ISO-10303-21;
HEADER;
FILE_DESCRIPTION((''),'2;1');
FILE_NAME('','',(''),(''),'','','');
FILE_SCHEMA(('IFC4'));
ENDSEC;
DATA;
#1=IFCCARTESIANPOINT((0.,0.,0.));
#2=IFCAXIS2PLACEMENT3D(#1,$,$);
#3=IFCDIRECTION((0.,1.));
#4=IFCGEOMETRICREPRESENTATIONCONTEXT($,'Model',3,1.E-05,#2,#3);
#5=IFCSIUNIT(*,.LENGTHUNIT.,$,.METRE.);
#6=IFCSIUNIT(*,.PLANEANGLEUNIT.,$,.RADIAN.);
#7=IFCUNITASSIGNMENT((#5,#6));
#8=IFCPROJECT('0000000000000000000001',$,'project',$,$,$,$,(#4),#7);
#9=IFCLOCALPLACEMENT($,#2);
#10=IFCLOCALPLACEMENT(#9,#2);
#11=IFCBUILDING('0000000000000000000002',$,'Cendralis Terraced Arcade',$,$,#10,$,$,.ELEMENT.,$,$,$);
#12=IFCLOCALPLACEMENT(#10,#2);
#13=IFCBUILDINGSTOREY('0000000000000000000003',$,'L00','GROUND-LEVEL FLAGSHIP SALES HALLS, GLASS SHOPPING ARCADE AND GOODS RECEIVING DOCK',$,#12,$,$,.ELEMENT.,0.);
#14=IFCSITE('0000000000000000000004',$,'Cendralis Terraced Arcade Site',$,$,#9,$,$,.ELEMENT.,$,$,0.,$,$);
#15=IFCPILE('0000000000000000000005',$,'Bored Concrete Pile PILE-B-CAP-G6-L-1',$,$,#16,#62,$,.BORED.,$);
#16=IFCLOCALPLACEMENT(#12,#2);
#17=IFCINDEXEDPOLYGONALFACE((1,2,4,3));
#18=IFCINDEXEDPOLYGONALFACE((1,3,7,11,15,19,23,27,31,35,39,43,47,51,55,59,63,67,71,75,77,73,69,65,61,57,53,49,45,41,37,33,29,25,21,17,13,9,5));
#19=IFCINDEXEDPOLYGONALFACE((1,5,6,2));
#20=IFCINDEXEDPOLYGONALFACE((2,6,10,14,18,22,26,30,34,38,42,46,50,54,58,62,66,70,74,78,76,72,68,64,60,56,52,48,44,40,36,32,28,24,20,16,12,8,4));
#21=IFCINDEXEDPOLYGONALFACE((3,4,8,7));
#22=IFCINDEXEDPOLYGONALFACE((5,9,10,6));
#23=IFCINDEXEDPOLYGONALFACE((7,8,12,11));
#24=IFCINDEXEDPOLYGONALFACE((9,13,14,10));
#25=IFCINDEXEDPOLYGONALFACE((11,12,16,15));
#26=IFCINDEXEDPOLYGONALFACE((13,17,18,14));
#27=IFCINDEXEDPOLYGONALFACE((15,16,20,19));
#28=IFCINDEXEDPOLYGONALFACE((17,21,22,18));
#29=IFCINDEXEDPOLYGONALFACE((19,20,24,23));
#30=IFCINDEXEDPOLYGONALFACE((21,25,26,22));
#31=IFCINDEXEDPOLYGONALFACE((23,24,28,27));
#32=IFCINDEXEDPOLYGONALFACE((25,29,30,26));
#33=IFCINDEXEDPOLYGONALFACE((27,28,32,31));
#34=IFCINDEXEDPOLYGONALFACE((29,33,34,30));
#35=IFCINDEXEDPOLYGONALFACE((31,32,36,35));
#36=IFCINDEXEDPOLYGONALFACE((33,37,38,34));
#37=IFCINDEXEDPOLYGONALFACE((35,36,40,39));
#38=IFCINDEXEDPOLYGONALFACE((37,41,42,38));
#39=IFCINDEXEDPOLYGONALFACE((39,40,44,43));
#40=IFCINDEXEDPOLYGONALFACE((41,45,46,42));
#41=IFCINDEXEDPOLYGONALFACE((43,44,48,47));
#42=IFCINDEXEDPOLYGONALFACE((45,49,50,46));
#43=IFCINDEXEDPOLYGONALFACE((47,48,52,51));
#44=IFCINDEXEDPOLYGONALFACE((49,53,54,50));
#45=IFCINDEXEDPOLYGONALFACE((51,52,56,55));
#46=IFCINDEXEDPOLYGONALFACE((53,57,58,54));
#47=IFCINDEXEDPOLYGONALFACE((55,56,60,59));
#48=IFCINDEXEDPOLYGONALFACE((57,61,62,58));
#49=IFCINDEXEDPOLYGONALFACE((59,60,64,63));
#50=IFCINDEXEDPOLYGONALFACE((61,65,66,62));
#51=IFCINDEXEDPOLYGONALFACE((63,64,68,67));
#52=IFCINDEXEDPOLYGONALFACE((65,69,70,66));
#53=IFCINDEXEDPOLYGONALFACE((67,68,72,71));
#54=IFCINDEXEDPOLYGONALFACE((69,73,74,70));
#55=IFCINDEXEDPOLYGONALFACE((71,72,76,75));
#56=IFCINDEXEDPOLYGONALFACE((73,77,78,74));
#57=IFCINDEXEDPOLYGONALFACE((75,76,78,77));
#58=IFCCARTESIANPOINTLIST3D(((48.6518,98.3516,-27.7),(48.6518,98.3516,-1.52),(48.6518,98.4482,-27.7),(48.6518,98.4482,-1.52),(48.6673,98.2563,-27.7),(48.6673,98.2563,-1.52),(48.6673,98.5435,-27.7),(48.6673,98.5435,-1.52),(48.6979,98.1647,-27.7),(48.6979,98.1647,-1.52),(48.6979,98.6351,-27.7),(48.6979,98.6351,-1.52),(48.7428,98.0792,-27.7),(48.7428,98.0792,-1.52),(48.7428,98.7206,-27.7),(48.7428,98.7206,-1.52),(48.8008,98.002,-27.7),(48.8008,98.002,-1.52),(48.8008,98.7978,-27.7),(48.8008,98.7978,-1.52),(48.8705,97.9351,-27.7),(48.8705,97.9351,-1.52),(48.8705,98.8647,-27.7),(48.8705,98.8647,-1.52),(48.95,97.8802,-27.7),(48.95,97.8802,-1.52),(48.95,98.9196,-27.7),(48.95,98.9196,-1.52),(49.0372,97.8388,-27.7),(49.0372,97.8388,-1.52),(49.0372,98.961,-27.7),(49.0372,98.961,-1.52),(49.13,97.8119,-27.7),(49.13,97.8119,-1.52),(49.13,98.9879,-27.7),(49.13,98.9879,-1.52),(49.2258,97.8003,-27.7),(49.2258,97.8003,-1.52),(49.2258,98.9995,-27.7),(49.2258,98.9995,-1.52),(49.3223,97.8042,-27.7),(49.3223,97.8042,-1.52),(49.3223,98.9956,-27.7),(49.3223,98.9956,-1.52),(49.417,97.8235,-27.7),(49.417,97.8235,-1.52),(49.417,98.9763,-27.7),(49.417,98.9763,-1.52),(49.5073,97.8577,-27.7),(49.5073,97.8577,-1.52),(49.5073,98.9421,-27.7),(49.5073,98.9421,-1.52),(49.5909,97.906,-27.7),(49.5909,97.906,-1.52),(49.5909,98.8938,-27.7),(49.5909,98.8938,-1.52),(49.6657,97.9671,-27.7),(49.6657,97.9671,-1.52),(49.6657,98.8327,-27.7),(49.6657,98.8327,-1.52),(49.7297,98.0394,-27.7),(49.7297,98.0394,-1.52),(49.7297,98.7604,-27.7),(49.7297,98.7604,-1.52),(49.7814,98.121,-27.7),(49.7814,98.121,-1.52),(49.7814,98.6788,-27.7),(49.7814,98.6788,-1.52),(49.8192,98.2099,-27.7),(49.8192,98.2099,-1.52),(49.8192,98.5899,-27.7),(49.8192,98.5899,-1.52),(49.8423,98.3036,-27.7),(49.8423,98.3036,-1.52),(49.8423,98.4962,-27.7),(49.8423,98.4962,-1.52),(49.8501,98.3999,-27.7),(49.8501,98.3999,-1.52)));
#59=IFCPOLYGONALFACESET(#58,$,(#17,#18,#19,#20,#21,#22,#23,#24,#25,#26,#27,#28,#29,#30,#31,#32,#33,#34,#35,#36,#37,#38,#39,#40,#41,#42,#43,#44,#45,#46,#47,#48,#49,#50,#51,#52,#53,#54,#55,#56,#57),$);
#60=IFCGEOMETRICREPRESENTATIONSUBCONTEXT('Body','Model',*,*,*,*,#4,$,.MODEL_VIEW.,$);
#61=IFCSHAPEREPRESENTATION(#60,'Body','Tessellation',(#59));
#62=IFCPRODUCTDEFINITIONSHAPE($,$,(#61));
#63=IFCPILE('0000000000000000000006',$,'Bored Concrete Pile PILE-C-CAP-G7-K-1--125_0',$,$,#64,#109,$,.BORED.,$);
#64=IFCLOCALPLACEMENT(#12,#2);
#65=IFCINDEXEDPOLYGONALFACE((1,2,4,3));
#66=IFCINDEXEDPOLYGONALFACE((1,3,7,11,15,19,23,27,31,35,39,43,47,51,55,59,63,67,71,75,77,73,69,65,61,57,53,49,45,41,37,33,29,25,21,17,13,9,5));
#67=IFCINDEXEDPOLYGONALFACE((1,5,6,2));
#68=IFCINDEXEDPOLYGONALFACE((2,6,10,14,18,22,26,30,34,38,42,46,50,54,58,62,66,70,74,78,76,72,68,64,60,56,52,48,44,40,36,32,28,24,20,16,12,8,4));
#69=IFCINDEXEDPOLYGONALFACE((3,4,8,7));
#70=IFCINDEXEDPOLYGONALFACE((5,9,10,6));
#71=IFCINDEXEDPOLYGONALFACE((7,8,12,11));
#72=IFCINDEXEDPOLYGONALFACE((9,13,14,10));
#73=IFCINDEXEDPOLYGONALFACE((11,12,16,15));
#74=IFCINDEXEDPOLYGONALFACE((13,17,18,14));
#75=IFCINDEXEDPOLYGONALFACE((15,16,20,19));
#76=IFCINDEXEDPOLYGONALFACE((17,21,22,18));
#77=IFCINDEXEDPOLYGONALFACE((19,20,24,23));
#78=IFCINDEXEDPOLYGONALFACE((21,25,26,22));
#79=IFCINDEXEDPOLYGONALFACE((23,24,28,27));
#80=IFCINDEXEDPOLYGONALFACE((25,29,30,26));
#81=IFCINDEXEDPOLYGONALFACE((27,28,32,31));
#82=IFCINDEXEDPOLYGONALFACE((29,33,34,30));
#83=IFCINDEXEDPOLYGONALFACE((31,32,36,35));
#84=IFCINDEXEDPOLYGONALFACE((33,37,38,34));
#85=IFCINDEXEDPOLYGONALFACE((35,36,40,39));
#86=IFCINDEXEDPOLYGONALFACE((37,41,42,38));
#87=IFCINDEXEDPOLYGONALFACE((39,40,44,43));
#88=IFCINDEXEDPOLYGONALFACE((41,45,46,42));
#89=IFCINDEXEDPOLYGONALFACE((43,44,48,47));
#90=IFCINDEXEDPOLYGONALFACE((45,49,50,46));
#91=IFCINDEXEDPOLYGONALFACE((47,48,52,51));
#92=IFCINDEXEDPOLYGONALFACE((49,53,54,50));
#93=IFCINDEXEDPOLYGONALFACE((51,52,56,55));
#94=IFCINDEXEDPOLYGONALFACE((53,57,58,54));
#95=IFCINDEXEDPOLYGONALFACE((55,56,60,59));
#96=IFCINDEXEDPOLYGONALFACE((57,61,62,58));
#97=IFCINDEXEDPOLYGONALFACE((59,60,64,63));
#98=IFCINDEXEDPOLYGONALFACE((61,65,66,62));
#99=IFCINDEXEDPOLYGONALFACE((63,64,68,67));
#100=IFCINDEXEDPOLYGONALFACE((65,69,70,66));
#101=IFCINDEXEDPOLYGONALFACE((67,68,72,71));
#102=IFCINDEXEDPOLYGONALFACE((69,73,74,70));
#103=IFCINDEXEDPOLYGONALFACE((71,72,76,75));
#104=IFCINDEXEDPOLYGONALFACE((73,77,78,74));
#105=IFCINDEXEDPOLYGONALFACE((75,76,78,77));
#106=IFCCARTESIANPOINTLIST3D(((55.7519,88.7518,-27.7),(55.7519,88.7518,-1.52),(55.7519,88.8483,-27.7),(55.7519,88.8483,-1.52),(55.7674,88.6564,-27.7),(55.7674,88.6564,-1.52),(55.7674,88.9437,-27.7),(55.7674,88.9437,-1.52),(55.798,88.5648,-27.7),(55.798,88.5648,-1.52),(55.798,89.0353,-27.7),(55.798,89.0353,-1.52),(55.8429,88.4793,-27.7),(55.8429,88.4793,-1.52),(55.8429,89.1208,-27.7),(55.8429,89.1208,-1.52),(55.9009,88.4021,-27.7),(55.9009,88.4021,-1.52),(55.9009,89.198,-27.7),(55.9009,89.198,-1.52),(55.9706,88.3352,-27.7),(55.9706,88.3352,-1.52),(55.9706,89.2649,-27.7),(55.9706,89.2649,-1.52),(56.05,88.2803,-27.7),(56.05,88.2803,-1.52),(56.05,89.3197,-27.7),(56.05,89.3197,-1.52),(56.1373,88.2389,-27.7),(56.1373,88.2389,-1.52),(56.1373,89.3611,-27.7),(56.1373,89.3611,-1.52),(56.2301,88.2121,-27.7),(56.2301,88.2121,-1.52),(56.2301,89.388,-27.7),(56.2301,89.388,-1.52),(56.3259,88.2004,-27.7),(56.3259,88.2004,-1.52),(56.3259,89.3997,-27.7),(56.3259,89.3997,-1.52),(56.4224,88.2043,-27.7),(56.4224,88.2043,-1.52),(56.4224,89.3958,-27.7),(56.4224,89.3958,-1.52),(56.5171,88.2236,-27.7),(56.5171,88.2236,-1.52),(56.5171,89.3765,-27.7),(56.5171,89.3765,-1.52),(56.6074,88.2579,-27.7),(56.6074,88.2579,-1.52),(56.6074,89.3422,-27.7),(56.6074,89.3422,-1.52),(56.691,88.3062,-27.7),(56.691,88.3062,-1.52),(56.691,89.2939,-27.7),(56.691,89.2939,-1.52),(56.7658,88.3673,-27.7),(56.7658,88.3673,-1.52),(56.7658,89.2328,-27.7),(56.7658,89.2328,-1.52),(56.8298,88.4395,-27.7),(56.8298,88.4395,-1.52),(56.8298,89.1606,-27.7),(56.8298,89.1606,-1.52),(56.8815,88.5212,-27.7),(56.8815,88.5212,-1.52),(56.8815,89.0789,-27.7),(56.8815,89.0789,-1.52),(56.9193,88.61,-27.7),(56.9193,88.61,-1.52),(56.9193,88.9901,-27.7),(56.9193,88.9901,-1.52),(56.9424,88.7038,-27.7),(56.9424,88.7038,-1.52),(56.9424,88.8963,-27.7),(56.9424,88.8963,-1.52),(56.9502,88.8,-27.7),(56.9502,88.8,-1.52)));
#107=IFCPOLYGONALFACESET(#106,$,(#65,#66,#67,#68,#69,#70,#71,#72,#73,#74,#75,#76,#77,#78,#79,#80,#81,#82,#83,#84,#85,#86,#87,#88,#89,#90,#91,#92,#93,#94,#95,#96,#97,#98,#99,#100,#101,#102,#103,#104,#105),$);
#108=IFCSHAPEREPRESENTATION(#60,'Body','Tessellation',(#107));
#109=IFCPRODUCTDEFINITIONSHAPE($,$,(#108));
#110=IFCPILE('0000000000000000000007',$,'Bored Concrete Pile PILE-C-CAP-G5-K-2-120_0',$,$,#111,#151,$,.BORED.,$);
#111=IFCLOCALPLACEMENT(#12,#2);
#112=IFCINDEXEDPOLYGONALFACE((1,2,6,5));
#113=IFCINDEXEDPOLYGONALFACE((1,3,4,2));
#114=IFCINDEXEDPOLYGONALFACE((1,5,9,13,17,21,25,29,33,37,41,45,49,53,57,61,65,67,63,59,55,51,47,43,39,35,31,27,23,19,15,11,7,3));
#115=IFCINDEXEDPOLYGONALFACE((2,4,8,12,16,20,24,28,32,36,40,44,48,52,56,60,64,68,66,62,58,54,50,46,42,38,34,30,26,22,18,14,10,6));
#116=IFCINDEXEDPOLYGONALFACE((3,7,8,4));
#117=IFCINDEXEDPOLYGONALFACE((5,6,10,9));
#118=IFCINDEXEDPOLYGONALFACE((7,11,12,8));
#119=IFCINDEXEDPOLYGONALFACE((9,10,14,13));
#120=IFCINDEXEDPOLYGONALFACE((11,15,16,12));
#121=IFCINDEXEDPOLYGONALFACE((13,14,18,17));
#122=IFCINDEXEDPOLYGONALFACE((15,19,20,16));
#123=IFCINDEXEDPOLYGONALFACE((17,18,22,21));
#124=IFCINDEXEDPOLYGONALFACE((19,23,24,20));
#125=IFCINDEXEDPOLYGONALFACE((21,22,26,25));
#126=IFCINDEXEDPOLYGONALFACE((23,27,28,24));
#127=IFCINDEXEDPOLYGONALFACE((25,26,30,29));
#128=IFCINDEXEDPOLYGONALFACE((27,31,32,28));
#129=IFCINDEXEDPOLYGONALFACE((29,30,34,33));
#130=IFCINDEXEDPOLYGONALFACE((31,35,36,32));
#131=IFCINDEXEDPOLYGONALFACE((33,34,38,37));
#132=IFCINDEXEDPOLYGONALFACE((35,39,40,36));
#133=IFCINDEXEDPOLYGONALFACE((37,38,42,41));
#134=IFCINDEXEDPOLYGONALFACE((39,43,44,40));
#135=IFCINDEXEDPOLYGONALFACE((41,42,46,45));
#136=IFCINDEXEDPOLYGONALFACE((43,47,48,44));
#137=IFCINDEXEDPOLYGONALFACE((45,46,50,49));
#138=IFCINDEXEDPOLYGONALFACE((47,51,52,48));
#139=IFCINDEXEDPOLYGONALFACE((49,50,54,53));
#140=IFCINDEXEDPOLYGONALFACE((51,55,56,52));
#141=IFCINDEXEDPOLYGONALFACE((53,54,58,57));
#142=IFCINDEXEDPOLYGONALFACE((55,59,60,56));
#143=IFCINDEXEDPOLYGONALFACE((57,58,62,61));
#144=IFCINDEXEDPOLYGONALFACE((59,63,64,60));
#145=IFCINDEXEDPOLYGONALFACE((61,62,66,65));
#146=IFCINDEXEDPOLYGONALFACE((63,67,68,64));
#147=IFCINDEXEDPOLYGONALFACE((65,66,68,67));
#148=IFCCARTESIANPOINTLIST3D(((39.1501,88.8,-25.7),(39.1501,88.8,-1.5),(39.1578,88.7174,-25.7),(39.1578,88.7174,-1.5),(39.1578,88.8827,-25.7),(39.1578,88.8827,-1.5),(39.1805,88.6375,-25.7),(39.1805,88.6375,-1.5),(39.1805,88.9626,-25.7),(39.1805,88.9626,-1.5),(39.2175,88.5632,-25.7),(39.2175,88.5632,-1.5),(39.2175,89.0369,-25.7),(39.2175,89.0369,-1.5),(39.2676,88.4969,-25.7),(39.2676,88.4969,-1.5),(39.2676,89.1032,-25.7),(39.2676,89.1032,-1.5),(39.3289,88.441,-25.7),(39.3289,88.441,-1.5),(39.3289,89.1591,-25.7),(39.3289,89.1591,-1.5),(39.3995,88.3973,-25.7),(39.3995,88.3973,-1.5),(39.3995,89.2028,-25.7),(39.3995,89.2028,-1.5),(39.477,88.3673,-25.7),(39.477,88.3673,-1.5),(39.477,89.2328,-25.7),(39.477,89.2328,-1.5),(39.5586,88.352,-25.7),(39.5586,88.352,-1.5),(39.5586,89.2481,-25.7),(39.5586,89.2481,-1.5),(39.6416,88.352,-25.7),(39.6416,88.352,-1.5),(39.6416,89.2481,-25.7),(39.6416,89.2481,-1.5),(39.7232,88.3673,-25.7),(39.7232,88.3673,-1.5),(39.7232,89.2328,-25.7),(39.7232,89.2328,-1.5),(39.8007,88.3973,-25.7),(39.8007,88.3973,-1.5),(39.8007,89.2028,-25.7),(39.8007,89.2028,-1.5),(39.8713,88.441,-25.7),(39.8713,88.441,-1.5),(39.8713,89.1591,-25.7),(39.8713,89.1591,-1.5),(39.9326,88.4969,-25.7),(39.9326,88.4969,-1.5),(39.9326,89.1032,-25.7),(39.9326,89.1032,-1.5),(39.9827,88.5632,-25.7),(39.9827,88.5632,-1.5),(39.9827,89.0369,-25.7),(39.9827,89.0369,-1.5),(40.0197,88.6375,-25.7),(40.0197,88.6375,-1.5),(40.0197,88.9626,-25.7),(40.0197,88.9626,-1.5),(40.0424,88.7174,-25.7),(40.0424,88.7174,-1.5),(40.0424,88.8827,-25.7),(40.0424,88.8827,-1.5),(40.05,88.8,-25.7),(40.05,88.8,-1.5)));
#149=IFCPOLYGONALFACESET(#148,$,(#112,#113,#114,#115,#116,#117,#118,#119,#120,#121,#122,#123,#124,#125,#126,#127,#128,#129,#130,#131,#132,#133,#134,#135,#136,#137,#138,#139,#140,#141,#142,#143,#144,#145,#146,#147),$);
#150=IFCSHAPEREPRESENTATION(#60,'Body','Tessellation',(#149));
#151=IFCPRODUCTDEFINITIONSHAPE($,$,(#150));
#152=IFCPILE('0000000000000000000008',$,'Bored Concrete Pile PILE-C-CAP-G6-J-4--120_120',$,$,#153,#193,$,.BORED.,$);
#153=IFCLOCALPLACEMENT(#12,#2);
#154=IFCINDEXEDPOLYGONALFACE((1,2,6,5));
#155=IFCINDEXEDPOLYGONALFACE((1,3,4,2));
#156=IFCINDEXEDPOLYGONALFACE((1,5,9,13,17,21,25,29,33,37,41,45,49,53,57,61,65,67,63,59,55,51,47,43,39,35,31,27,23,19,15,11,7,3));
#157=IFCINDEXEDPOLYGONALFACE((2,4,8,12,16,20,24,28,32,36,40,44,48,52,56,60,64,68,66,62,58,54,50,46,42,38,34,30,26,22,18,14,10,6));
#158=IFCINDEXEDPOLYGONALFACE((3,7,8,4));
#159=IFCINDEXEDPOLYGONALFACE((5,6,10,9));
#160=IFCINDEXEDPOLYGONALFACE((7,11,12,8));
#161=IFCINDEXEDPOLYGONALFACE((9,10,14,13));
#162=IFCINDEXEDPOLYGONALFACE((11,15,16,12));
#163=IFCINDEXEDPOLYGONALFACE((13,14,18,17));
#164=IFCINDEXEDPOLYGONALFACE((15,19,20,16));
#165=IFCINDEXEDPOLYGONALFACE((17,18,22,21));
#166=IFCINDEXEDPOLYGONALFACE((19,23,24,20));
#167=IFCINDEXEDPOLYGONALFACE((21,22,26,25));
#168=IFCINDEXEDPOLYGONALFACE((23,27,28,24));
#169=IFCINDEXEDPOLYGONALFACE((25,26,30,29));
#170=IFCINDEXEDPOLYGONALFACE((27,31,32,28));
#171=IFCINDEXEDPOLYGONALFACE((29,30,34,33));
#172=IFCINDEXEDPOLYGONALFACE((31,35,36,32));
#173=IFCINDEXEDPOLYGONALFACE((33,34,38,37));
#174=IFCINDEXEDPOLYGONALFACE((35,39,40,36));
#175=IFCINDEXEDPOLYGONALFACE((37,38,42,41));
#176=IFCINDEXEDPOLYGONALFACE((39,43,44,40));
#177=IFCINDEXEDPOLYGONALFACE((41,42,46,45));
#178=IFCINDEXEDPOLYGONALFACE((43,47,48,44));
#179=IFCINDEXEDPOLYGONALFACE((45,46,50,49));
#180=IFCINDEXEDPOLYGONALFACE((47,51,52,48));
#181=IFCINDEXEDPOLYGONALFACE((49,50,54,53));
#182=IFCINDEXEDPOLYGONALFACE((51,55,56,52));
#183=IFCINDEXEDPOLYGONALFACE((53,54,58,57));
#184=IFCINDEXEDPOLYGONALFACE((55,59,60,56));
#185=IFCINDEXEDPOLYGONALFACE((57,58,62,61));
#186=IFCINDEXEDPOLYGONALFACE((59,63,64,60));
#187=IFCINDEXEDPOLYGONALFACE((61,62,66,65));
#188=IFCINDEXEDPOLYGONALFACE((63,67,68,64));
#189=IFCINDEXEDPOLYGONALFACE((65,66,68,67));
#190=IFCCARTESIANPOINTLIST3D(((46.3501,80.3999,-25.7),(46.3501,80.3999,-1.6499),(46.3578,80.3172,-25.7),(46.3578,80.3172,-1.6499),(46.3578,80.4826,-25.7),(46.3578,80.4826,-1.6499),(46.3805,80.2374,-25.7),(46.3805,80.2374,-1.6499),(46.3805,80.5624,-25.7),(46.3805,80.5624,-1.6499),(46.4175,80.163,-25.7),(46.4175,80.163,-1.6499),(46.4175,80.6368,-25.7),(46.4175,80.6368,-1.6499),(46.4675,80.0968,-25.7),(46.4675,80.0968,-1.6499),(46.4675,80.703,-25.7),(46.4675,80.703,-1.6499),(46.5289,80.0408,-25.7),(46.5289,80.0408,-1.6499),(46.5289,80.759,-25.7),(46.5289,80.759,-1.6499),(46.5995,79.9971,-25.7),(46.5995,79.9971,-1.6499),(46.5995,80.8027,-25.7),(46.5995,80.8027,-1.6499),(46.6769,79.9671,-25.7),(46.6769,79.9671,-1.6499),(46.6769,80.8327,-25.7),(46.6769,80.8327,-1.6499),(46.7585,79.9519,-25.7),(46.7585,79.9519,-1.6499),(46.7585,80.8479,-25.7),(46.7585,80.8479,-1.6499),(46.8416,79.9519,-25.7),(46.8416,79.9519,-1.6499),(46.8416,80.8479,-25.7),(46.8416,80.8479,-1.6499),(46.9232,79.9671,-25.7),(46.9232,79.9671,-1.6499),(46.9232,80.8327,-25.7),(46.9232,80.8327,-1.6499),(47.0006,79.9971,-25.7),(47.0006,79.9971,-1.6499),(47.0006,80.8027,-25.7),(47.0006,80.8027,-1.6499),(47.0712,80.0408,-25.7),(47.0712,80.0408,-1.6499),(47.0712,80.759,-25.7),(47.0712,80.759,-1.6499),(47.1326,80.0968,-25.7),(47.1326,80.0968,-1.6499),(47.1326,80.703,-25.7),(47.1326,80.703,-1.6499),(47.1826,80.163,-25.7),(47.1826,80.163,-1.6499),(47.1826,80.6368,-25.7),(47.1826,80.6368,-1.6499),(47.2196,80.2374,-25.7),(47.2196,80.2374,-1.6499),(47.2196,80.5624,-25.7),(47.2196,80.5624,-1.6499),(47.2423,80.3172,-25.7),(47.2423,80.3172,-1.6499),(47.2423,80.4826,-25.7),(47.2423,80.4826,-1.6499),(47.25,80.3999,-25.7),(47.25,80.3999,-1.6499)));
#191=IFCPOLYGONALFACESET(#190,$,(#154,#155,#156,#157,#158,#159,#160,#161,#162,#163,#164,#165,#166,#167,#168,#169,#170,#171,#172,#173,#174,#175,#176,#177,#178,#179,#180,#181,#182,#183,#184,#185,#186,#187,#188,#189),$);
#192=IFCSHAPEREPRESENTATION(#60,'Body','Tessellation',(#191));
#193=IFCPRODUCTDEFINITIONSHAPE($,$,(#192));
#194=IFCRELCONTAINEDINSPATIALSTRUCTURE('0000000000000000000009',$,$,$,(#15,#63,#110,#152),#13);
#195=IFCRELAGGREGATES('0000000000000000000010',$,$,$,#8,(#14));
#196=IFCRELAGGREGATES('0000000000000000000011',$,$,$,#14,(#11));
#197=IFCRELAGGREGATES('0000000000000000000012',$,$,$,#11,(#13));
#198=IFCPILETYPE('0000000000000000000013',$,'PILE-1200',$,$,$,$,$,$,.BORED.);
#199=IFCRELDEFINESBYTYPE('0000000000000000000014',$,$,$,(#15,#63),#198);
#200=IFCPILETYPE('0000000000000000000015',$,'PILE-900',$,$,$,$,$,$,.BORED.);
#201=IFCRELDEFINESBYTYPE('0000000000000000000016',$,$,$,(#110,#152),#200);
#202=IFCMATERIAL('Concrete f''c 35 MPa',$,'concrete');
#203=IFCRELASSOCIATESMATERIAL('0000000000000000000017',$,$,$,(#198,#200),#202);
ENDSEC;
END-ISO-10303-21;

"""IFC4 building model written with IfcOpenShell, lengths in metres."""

from ifc_helpers import new_model, si_unit, direction, frame, origin, origin_2d, place, context, subcontext, project, spatial, circle, extrude, material, material_profile, profile_set, type_object, element, save


model = new_model("IFC4")

# Units and contexts
model_context = context("Model", 3, precision=1e-05, world=origin(), true_north=direction((0.0, 1.0)))
body_context = subcontext(model_context, "Body", "Model", "MODEL_VIEW")
ifc_project = project(units=[si_unit("LENGTHUNIT", "METRE"), si_unit("PLANEANGLEUNIT", "RADIAN")], contexts=[model_context])

# Site, building, storey
site_placement = place(None, origin())
site = spatial("IfcSite", under=ifc_project, at=site_placement, Name="Cendralis Terraced Arcade Site", CompositionType="ELEMENT", RefElevation=0.0)
building_placement = place(site_placement, origin())
building = spatial("IfcBuilding", under=site, at=building_placement, Name="Cendralis Terraced Arcade", CompositionType="ELEMENT")
storey_placement = place(building_placement, origin())
storey = spatial("IfcBuildingStorey", under=building, at=storey_placement, Name="L00", Description="GROUND-LEVEL FLAGSHIP SALES HALLS, GLASS SHOPPING ARCADE AND GOODS RECEIVING DOCK", CompositionType="ELEMENT", Elevation=0.0)

# Shared definitions
ifc_material_1 = material(Name="Concrete f'c 35 MPa", Category="concrete")

# Piles
ifc_material_profile_1 = material_profile(ifc_material_1, circle(Radius=0.6001, at=origin_2d()), Name="PILE-D1200", Category="LoadBearing")
ifc_profile_set_1 = profile_set([ifc_material_profile_1], Name="Concrete f'c 35 MPa")
pile_type_1 = type_object("IfcPileType", Name="PILE-1200", PredefinedType="BORED", material=ifc_profile_set_1)
for number, where, z_axis, x_axis, name in (
    (1, (49.25, 98.3999, -1.52), (0.0, 0.0, -1.0), (1.0, 0.0, 0.0), "Bored Concrete Pile PILE-B-CAP-G6-L-1"),
    (2, (56.3501, 88.8, -1.52), (0.0, 0.0, -1.0), (1.0, 0.0, 0.0), "Bored Concrete Pile PILE-C-CAP-G7-K-1--125_0"),
):
    element("IfcPile", number, at=place(storey_placement, frame(where, z_axis=z_axis, x_axis=x_axis)), inside=storey, type_object=pile_type_1, Name=name, PredefinedType="BORED", context=body_context, shape_type="SweptSolid", body=[
        extrude(circle(Radius=0.6001, at=origin_2d()), origin(), (0.0, 0.0, 1.0), 26.1799),
    ])
ifc_material_profile_2 = material_profile(ifc_material_1, circle(Radius=0.45, at=origin_2d()), Name="PILE-D900", Category="LoadBearing")
ifc_profile_set_2 = profile_set([ifc_material_profile_2], Name="Concrete f'c 35 MPa")
pile_type_2 = type_object("IfcPileType", Name="PILE-900", PredefinedType="BORED", material=ifc_profile_set_2)
pile_placement = place(storey_placement, frame((39.6001, 88.8, -1.5), z_axis=(0.0, 0.0, -1.0), x_axis=(1.0, 0.0, 0.0)))
element("IfcPile", 3, at=pile_placement, inside=storey, type_object=pile_type_2, Name="Bored Concrete Pile PILE-C-CAP-G5-K-2-120_0", PredefinedType="BORED", context=body_context, shape_type="SweptSolid", body=[
    extrude(circle(Radius=0.45, at=origin_2d()), origin(), (0.0, 0.0, 1.0), 24.2),
])
for number, where, z_axis, x_axis, name in (
    (4, (46.8, 80.3999, -1.6499), (0.0, 0.0, -1.0), (1.0, 0.0, 0.0), "Bored Concrete Pile PILE-C-CAP-G6-J-4--120_120"),
):
    element("IfcPile", number, at=place(storey_placement, frame(where, z_axis=z_axis, x_axis=x_axis)), inside=storey, type_object=pile_type_2, Name=name, PredefinedType="BORED", context=body_context, shape_type="SweptSolid", body=[
        extrude(circle(Radius=0.45, at=origin_2d()), origin(), (0.0, 0.0, 1.0), 24.05),
    ])

save(model, "model.ifc")
